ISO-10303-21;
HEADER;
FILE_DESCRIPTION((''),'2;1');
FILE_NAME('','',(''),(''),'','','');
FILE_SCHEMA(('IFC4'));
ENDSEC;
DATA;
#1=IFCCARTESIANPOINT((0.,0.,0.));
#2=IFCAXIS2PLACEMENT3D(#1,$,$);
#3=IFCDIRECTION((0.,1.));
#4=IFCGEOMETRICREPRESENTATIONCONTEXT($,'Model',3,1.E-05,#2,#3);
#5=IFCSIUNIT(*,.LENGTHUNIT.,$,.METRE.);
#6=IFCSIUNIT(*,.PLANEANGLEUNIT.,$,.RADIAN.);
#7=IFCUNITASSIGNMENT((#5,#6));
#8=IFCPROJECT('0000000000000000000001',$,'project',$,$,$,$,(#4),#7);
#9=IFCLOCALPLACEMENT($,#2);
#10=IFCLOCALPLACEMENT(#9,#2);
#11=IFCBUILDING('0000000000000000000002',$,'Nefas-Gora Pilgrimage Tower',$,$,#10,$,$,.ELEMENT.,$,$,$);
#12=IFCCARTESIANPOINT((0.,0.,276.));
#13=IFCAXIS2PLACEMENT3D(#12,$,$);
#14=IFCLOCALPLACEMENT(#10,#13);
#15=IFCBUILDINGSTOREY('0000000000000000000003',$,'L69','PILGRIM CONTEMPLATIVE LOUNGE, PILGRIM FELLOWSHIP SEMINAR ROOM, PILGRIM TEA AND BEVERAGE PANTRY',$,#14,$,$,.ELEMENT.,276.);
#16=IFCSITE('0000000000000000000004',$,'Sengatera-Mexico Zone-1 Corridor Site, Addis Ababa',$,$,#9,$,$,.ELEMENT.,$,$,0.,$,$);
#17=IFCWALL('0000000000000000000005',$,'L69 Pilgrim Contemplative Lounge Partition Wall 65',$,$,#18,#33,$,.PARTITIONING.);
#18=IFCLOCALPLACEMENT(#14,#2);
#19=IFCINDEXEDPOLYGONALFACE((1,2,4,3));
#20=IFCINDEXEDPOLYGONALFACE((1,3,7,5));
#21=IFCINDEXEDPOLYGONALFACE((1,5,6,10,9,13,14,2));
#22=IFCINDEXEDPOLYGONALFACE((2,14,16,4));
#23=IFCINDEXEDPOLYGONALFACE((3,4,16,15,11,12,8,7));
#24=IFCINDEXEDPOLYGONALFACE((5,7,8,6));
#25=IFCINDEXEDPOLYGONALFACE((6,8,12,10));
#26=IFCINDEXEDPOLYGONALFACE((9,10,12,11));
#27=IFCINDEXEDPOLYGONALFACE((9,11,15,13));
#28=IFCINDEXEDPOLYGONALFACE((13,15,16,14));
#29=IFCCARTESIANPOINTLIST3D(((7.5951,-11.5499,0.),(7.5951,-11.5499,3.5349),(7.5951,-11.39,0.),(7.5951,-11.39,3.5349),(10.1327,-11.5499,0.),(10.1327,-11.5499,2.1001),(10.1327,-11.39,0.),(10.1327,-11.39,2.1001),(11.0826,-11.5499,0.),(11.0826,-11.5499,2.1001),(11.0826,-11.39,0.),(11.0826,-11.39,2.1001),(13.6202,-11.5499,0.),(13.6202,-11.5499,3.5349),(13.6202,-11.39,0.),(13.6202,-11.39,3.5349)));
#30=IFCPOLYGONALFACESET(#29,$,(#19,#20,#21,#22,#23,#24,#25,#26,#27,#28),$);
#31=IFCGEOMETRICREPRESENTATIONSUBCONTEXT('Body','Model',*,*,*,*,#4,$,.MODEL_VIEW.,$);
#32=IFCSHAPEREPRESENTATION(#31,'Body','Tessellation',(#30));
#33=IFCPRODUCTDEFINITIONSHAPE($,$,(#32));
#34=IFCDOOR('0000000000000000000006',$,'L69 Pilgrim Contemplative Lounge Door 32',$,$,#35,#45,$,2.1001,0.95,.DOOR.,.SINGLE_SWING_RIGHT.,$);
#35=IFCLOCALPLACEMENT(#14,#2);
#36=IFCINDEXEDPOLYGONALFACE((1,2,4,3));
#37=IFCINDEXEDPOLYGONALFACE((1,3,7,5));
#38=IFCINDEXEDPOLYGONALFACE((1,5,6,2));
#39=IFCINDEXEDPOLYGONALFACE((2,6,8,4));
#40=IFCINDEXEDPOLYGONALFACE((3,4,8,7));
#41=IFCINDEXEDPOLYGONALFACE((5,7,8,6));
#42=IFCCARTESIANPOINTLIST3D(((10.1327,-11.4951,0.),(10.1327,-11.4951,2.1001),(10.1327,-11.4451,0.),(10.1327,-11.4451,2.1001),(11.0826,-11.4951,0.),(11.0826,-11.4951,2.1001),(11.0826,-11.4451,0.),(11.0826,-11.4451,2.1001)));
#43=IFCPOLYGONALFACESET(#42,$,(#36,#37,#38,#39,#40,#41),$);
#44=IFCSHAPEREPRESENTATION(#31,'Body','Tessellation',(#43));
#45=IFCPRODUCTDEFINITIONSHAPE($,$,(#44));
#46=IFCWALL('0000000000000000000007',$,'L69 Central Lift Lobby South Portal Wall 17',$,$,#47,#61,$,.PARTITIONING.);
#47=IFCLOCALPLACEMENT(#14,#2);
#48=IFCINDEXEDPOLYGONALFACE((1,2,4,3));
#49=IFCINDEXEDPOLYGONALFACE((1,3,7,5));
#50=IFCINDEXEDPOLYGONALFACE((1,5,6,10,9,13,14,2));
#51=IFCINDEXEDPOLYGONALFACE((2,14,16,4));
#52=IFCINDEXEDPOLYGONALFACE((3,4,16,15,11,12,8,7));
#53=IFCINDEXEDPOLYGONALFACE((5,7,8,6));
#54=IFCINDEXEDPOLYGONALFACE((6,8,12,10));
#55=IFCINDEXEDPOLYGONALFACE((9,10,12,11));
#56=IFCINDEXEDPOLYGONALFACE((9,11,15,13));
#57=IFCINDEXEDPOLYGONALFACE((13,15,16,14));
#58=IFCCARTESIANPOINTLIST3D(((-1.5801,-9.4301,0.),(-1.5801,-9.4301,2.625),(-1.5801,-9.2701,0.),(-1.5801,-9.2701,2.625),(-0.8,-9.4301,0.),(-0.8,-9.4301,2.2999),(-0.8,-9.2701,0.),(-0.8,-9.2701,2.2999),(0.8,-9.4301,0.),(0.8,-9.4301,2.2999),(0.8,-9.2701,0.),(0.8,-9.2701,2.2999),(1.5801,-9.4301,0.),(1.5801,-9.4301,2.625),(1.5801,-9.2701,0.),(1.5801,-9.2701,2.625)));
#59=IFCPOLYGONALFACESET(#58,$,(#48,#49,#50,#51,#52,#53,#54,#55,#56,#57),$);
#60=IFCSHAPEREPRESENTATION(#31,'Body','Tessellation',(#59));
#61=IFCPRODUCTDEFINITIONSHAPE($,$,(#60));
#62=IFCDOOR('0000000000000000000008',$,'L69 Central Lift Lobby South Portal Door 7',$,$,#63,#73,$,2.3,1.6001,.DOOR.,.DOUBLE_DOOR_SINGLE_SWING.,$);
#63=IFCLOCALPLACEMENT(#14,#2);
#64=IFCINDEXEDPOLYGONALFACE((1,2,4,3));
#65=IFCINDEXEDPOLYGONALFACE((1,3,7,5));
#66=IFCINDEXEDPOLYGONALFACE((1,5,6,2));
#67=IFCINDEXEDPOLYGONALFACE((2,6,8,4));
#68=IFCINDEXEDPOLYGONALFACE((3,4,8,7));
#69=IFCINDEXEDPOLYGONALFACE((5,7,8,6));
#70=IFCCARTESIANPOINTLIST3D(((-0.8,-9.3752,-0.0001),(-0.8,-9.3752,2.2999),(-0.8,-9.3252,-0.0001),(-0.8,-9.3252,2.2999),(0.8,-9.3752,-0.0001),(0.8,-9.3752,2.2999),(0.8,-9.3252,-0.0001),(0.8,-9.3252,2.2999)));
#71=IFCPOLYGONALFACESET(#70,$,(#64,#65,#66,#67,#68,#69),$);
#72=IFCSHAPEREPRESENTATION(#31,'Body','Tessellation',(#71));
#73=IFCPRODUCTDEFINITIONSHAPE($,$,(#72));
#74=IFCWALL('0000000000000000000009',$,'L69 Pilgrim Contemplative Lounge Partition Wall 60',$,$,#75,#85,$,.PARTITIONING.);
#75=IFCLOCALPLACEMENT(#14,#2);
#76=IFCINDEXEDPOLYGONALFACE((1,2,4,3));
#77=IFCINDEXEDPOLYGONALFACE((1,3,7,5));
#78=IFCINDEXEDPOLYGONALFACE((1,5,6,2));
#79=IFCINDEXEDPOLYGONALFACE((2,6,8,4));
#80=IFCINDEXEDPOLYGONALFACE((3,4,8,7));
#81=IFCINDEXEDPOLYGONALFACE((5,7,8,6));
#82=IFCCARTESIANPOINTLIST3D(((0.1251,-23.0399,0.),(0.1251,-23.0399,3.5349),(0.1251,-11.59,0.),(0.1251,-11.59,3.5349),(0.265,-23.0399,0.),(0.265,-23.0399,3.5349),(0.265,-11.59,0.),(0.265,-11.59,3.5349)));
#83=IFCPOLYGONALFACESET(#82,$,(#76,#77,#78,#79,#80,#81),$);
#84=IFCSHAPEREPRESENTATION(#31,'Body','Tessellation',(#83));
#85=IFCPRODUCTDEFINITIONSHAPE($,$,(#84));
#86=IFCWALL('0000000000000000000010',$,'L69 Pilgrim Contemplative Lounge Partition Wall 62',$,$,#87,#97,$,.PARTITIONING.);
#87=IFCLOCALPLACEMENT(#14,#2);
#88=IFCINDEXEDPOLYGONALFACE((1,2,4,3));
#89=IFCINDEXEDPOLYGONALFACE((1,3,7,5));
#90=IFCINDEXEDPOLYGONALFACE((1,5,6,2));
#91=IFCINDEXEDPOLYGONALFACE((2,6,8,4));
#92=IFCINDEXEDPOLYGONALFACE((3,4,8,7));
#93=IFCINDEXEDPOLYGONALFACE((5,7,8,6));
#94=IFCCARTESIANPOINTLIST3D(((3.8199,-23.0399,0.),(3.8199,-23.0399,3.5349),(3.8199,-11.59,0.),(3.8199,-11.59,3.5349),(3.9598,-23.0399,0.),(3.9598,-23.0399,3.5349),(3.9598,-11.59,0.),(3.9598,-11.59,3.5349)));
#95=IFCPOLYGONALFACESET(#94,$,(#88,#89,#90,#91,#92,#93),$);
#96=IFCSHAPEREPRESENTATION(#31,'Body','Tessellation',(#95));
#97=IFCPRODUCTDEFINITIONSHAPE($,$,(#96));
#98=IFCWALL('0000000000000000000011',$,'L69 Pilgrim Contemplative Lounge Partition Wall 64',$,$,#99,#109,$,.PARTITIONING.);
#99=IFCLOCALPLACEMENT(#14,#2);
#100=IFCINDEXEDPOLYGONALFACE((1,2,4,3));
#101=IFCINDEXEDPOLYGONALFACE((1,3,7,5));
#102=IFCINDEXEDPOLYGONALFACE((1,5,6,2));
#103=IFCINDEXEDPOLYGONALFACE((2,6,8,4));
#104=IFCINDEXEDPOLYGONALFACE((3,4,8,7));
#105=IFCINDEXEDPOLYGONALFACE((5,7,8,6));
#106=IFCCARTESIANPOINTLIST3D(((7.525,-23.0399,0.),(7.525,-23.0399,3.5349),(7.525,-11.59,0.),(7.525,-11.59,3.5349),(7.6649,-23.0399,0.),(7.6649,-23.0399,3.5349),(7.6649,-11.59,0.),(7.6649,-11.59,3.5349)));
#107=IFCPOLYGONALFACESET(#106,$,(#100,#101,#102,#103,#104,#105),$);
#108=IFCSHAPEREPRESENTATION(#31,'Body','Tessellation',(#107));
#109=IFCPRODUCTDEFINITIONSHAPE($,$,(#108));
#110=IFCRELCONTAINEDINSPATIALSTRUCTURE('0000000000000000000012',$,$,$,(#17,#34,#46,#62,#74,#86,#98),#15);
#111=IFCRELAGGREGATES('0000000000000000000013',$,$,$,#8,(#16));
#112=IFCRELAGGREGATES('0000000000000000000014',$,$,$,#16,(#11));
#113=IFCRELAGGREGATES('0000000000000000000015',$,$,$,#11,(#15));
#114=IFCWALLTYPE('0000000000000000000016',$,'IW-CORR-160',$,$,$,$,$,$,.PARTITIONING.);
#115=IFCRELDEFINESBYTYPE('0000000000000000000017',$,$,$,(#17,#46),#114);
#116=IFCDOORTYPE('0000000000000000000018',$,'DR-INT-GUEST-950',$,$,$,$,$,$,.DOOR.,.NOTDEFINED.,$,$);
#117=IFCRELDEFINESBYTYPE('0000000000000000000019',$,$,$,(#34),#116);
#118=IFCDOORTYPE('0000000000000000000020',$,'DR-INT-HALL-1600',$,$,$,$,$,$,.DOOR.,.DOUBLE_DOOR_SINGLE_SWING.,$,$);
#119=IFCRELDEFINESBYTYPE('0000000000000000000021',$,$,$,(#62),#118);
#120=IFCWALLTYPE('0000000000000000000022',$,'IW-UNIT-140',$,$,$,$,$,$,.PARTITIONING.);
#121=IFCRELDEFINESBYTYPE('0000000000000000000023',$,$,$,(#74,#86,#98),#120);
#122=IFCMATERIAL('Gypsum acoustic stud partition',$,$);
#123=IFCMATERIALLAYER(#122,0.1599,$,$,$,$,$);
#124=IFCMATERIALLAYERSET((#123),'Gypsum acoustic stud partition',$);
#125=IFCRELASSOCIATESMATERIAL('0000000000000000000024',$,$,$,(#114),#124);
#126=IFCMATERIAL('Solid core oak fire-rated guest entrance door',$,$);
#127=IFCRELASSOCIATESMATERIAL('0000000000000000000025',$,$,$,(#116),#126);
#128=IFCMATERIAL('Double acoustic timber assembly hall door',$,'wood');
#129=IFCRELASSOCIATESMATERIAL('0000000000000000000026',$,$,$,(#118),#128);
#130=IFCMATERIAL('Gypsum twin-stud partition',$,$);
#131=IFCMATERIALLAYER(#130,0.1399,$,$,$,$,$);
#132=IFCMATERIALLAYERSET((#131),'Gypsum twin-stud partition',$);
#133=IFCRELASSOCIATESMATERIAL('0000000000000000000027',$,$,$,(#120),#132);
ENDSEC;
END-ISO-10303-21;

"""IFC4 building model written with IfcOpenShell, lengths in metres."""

from ifc_helpers import new_model, si_unit, direction, frame, frame_2d, origin, place, context, subcontext, project, spatial, rectangle, extrude, source, transform, mapped, material, layer, layer_set, type_object, element, fill, save


model = new_model("IFC4")

# Units and contexts
model_context = context("Model", 3, precision=1e-05, world=origin(), true_north=direction((0.0, 1.0)))
body_context = subcontext(model_context, "Body", "Model", "MODEL_VIEW")
ifc_project = project(units=[si_unit("LENGTHUNIT", "METRE"), si_unit("PLANEANGLEUNIT", "RADIAN")], contexts=[model_context])

# Site, building, storey
site_placement = place(None, origin())
site = spatial("IfcSite", under=ifc_project, at=site_placement, Name="Sengatera-Mexico Zone-1 Corridor Site, Addis Ababa", CompositionType="ELEMENT", RefElevation=0.0)
building_placement = place(site_placement, origin())
building = spatial("IfcBuilding", under=site, at=building_placement, Name="Nefas-Gora Pilgrimage Tower", CompositionType="ELEMENT")
storey_placement = place(building_placement, frame((0.0, 0.0, 276.0)))
storey = spatial("IfcBuildingStorey", under=building, at=storey_placement, Name="L69", Description="PILGRIM CONTEMPLATIVE LOUNGE, PILGRIM FELLOWSHIP SEMINAR ROOM, PILGRIM TEA AND BEVERAGE PANTRY", CompositionType="ELEMENT", Elevation=276.0)

# Walls, openings, doors
ifc_material_1 = material(Name="Gypsum acoustic stud partition")
ifc_layer_1 = layer(ifc_material_1, 0.1599)
ifc_layer_set_1 = layer_set([ifc_layer_1], Name="Gypsum acoustic stud partition")
wall_type_1 = type_object("IfcWallType", Name="IW-CORR-160", PredefinedType="PARTITIONING", material=ifc_layer_set_1)
ifc_material_2 = material(Name="Solid core oak fire-rated guest entrance door")
door_type_1 = type_object("IfcDoorType", Name="DR-INT-GUEST-950", OperationType="NOTDEFINED", PredefinedType="DOOR", material=ifc_material_2)
shared_shape_1 = source(origin(), body_context, "Body", "SweptSolid", [
    extrude(rectangle(XDim=0.95, YDim=2.1001, at=frame_2d((0.4751, 1.05))), frame((0.0, 0.0249, 0.0), z_axis=(0.0, -1.0, 0.0), x_axis=(1.0, 0.0, 0.0)), (0.0, 0.0, 1.0), 0.05),
])
shared_shape_2 = source(origin(), body_context, "Body", "SweptSolid", [
    extrude(rectangle(XDim=6.0251, YDim=0.1599, at=frame_2d((3.0127, 0.0))), origin(), (0.0, 0.0, 1.0), 3.5349),
])
wall_1_placement = place(storey_placement, frame((7.595, -11.47, 0.0), z_axis=(0.0, 0.0, 1.0), x_axis=(1.0, 0.0, 0.0)))
wall_1 = element("IfcWall", 1, at=wall_1_placement, inside=storey, type_object=wall_type_1, Name="L69 Pilgrim Contemplative Lounge Partition Wall 65", PredefinedType="PARTITIONING", context=body_context, shape_type="MappedRepresentation", body=[
    mapped(shared_shape_2, transform((0.0, 0.0, 0.0), x_axis=(1.0, 0.0, 0.0), y_axis=(0.0, 1.0, 0.0), z_axis=(0.0, 0.0, 1.0), scale=1.0)),
])
opening_1_placement = place(wall_1_placement, frame((2.5376, 0.0, 0.0)))
opening_1 = element("IfcOpeningElement", 2, at=opening_1_placement, cuts=wall_1, PredefinedType="OPENING", context=body_context, shape_type="SweptSolid", body=[
    extrude(rectangle(XDim=0.95, YDim=2.1001, at=frame_2d((0.4751, 1.05))), frame((0.0, 0.0898, 0.0), z_axis=(0.0, -1.0, 0.0), x_axis=(1.0, 0.0, 0.0)), (0.0, 0.0, 1.0), 0.1799),
])
door_1_placement = place(opening_1_placement, origin())
door_1 = element("IfcDoor", 3, at=door_1_placement, inside=storey, type_object=door_type_1, Name="L69 Pilgrim Contemplative Lounge Door 32", OperationType="SINGLE_SWING_RIGHT", OverallHeight=2.1001, OverallWidth=0.95, PredefinedType="DOOR", context=body_context, shape_type="MappedRepresentation", body=[
    mapped(shared_shape_1, transform((0.0, 0.0, 0.0), x_axis=(1.0, 0.0, 0.0), y_axis=(0.0, 1.0, 0.0), z_axis=(0.0, 0.0, 1.0), scale=1.0)),
])
fill(opening_1, door_1)
shared_shape_3 = source(origin(), body_context, "Body", "SweptSolid", [
    extrude(rectangle(XDim=3.1602, YDim=0.1599, at=frame_2d((1.5801, 0.0))), origin(), (0.0, 0.0, 1.0), 2.625),
])
wall_2_placement = place(storey_placement, frame((-1.5801, -9.3501, 0.0), z_axis=(0.0, 0.0, 1.0), x_axis=(1.0, 0.0, 0.0)))
wall_2 = element("IfcWall", 4, at=wall_2_placement, inside=storey, type_object=wall_type_1, Name="L69 Central Lift Lobby South Portal Wall 17", PredefinedType="PARTITIONING", context=body_context, shape_type="MappedRepresentation", body=[
    mapped(shared_shape_3, transform((0.0, 0.0, 0.0), x_axis=(1.0, 0.0, 0.0), y_axis=(0.0, 1.0, 0.0), z_axis=(0.0, 0.0, 1.0), scale=1.0)),
])
opening_2_placement = place(wall_2_placement, frame((0.78, 0.0, 0.0)))
opening_2 = element("IfcOpeningElement", 5, at=opening_2_placement, cuts=wall_2, PredefinedType="OPENING", context=body_context, shape_type="SweptSolid", body=[
    extrude(rectangle(XDim=1.6001, YDim=2.3, at=frame_2d((0.8, 1.1499))), frame((0.0, 0.0898, 0.0), z_axis=(0.0, -1.0, 0.0), x_axis=(1.0, 0.0, 0.0)), (0.0, 0.0, 1.0), 0.1799),
])
ifc_material_3 = material(Name="Double acoustic timber assembly hall door", Category="wood")
door_type_2 = type_object("IfcDoorType", Name="DR-INT-HALL-1600", OperationType="DOUBLE_DOOR_SINGLE_SWING", PredefinedType="DOOR", material=ifc_material_3)
shared_shape_4 = source(origin(), body_context, "Body", "SweptSolid", [
    extrude(rectangle(XDim=1.6001, YDim=2.3, at=frame_2d((0.8, 1.1499))), frame((0.0, 0.0249, 0.0), z_axis=(0.0, -1.0, 0.0), x_axis=(1.0, 0.0, 0.0)), (0.0, 0.0, 1.0), 0.05),
])
door_2_placement = place(opening_2_placement, origin())
door_2 = element("IfcDoor", 6, at=door_2_placement, inside=storey, type_object=door_type_2, Name="L69 Central Lift Lobby South Portal Door 7", OperationType="DOUBLE_DOOR_SINGLE_SWING", OverallHeight=2.3, OverallWidth=1.6001, PredefinedType="DOOR", context=body_context, shape_type="MappedRepresentation", body=[
    mapped(shared_shape_4, transform((0.0, 0.0, 0.0), x_axis=(1.0, 0.0, 0.0), y_axis=(0.0, 1.0, 0.0), z_axis=(0.0, 0.0, 1.0), scale=1.0)),
])
fill(opening_2, door_2)

# Walls
ifc_material_4 = material(Name="Gypsum twin-stud partition")
ifc_layer_2 = layer(ifc_material_4, 0.1399)
ifc_layer_set_2 = layer_set([ifc_layer_2], Name="Gypsum twin-stud partition")
wall_type_2 = type_object("IfcWallType", Name="IW-UNIT-140", PredefinedType="PARTITIONING", material=ifc_layer_set_2)
shared_shape_5 = source(origin(), body_context, "Body", "SweptSolid", [
    extrude(rectangle(XDim=11.45, YDim=0.1399, at=frame_2d((5.7251, 0.0))), origin(), (0.0, 0.0, 1.0), 3.5349),
])
for number, where, z_axis, x_axis, name in (
    (7, (0.1951, -23.04, 0.0), (0.0, 0.0, 1.0), (0.0, 1.0, 0.0), "L69 Pilgrim Contemplative Lounge Partition Wall 60"),
    (8, (3.8899, -23.04, 0.0), (0.0, 0.0, 1.0), (0.0, 1.0, 0.0), "L69 Pilgrim Contemplative Lounge Partition Wall 62"),
    (9, (7.595, -23.04, 0.0), (0.0, 0.0, 1.0), (0.0, 1.0, 0.0), "L69 Pilgrim Contemplative Lounge Partition Wall 64"),
):
    element("IfcWall", number, at=place(storey_placement, frame(where, z_axis=z_axis, x_axis=x_axis)), inside=storey, type_object=wall_type_2, Name=name, PredefinedType="PARTITIONING", context=body_context, shape_type="MappedRepresentation", body=[
        mapped(shared_shape_5, transform((0.0, 0.0, 0.0), x_axis=(1.0, 0.0, 0.0), y_axis=(0.0, 1.0, 0.0), z_axis=(0.0, 0.0, 1.0), scale=1.0)),
    ])

save(model, "model.ifc")
